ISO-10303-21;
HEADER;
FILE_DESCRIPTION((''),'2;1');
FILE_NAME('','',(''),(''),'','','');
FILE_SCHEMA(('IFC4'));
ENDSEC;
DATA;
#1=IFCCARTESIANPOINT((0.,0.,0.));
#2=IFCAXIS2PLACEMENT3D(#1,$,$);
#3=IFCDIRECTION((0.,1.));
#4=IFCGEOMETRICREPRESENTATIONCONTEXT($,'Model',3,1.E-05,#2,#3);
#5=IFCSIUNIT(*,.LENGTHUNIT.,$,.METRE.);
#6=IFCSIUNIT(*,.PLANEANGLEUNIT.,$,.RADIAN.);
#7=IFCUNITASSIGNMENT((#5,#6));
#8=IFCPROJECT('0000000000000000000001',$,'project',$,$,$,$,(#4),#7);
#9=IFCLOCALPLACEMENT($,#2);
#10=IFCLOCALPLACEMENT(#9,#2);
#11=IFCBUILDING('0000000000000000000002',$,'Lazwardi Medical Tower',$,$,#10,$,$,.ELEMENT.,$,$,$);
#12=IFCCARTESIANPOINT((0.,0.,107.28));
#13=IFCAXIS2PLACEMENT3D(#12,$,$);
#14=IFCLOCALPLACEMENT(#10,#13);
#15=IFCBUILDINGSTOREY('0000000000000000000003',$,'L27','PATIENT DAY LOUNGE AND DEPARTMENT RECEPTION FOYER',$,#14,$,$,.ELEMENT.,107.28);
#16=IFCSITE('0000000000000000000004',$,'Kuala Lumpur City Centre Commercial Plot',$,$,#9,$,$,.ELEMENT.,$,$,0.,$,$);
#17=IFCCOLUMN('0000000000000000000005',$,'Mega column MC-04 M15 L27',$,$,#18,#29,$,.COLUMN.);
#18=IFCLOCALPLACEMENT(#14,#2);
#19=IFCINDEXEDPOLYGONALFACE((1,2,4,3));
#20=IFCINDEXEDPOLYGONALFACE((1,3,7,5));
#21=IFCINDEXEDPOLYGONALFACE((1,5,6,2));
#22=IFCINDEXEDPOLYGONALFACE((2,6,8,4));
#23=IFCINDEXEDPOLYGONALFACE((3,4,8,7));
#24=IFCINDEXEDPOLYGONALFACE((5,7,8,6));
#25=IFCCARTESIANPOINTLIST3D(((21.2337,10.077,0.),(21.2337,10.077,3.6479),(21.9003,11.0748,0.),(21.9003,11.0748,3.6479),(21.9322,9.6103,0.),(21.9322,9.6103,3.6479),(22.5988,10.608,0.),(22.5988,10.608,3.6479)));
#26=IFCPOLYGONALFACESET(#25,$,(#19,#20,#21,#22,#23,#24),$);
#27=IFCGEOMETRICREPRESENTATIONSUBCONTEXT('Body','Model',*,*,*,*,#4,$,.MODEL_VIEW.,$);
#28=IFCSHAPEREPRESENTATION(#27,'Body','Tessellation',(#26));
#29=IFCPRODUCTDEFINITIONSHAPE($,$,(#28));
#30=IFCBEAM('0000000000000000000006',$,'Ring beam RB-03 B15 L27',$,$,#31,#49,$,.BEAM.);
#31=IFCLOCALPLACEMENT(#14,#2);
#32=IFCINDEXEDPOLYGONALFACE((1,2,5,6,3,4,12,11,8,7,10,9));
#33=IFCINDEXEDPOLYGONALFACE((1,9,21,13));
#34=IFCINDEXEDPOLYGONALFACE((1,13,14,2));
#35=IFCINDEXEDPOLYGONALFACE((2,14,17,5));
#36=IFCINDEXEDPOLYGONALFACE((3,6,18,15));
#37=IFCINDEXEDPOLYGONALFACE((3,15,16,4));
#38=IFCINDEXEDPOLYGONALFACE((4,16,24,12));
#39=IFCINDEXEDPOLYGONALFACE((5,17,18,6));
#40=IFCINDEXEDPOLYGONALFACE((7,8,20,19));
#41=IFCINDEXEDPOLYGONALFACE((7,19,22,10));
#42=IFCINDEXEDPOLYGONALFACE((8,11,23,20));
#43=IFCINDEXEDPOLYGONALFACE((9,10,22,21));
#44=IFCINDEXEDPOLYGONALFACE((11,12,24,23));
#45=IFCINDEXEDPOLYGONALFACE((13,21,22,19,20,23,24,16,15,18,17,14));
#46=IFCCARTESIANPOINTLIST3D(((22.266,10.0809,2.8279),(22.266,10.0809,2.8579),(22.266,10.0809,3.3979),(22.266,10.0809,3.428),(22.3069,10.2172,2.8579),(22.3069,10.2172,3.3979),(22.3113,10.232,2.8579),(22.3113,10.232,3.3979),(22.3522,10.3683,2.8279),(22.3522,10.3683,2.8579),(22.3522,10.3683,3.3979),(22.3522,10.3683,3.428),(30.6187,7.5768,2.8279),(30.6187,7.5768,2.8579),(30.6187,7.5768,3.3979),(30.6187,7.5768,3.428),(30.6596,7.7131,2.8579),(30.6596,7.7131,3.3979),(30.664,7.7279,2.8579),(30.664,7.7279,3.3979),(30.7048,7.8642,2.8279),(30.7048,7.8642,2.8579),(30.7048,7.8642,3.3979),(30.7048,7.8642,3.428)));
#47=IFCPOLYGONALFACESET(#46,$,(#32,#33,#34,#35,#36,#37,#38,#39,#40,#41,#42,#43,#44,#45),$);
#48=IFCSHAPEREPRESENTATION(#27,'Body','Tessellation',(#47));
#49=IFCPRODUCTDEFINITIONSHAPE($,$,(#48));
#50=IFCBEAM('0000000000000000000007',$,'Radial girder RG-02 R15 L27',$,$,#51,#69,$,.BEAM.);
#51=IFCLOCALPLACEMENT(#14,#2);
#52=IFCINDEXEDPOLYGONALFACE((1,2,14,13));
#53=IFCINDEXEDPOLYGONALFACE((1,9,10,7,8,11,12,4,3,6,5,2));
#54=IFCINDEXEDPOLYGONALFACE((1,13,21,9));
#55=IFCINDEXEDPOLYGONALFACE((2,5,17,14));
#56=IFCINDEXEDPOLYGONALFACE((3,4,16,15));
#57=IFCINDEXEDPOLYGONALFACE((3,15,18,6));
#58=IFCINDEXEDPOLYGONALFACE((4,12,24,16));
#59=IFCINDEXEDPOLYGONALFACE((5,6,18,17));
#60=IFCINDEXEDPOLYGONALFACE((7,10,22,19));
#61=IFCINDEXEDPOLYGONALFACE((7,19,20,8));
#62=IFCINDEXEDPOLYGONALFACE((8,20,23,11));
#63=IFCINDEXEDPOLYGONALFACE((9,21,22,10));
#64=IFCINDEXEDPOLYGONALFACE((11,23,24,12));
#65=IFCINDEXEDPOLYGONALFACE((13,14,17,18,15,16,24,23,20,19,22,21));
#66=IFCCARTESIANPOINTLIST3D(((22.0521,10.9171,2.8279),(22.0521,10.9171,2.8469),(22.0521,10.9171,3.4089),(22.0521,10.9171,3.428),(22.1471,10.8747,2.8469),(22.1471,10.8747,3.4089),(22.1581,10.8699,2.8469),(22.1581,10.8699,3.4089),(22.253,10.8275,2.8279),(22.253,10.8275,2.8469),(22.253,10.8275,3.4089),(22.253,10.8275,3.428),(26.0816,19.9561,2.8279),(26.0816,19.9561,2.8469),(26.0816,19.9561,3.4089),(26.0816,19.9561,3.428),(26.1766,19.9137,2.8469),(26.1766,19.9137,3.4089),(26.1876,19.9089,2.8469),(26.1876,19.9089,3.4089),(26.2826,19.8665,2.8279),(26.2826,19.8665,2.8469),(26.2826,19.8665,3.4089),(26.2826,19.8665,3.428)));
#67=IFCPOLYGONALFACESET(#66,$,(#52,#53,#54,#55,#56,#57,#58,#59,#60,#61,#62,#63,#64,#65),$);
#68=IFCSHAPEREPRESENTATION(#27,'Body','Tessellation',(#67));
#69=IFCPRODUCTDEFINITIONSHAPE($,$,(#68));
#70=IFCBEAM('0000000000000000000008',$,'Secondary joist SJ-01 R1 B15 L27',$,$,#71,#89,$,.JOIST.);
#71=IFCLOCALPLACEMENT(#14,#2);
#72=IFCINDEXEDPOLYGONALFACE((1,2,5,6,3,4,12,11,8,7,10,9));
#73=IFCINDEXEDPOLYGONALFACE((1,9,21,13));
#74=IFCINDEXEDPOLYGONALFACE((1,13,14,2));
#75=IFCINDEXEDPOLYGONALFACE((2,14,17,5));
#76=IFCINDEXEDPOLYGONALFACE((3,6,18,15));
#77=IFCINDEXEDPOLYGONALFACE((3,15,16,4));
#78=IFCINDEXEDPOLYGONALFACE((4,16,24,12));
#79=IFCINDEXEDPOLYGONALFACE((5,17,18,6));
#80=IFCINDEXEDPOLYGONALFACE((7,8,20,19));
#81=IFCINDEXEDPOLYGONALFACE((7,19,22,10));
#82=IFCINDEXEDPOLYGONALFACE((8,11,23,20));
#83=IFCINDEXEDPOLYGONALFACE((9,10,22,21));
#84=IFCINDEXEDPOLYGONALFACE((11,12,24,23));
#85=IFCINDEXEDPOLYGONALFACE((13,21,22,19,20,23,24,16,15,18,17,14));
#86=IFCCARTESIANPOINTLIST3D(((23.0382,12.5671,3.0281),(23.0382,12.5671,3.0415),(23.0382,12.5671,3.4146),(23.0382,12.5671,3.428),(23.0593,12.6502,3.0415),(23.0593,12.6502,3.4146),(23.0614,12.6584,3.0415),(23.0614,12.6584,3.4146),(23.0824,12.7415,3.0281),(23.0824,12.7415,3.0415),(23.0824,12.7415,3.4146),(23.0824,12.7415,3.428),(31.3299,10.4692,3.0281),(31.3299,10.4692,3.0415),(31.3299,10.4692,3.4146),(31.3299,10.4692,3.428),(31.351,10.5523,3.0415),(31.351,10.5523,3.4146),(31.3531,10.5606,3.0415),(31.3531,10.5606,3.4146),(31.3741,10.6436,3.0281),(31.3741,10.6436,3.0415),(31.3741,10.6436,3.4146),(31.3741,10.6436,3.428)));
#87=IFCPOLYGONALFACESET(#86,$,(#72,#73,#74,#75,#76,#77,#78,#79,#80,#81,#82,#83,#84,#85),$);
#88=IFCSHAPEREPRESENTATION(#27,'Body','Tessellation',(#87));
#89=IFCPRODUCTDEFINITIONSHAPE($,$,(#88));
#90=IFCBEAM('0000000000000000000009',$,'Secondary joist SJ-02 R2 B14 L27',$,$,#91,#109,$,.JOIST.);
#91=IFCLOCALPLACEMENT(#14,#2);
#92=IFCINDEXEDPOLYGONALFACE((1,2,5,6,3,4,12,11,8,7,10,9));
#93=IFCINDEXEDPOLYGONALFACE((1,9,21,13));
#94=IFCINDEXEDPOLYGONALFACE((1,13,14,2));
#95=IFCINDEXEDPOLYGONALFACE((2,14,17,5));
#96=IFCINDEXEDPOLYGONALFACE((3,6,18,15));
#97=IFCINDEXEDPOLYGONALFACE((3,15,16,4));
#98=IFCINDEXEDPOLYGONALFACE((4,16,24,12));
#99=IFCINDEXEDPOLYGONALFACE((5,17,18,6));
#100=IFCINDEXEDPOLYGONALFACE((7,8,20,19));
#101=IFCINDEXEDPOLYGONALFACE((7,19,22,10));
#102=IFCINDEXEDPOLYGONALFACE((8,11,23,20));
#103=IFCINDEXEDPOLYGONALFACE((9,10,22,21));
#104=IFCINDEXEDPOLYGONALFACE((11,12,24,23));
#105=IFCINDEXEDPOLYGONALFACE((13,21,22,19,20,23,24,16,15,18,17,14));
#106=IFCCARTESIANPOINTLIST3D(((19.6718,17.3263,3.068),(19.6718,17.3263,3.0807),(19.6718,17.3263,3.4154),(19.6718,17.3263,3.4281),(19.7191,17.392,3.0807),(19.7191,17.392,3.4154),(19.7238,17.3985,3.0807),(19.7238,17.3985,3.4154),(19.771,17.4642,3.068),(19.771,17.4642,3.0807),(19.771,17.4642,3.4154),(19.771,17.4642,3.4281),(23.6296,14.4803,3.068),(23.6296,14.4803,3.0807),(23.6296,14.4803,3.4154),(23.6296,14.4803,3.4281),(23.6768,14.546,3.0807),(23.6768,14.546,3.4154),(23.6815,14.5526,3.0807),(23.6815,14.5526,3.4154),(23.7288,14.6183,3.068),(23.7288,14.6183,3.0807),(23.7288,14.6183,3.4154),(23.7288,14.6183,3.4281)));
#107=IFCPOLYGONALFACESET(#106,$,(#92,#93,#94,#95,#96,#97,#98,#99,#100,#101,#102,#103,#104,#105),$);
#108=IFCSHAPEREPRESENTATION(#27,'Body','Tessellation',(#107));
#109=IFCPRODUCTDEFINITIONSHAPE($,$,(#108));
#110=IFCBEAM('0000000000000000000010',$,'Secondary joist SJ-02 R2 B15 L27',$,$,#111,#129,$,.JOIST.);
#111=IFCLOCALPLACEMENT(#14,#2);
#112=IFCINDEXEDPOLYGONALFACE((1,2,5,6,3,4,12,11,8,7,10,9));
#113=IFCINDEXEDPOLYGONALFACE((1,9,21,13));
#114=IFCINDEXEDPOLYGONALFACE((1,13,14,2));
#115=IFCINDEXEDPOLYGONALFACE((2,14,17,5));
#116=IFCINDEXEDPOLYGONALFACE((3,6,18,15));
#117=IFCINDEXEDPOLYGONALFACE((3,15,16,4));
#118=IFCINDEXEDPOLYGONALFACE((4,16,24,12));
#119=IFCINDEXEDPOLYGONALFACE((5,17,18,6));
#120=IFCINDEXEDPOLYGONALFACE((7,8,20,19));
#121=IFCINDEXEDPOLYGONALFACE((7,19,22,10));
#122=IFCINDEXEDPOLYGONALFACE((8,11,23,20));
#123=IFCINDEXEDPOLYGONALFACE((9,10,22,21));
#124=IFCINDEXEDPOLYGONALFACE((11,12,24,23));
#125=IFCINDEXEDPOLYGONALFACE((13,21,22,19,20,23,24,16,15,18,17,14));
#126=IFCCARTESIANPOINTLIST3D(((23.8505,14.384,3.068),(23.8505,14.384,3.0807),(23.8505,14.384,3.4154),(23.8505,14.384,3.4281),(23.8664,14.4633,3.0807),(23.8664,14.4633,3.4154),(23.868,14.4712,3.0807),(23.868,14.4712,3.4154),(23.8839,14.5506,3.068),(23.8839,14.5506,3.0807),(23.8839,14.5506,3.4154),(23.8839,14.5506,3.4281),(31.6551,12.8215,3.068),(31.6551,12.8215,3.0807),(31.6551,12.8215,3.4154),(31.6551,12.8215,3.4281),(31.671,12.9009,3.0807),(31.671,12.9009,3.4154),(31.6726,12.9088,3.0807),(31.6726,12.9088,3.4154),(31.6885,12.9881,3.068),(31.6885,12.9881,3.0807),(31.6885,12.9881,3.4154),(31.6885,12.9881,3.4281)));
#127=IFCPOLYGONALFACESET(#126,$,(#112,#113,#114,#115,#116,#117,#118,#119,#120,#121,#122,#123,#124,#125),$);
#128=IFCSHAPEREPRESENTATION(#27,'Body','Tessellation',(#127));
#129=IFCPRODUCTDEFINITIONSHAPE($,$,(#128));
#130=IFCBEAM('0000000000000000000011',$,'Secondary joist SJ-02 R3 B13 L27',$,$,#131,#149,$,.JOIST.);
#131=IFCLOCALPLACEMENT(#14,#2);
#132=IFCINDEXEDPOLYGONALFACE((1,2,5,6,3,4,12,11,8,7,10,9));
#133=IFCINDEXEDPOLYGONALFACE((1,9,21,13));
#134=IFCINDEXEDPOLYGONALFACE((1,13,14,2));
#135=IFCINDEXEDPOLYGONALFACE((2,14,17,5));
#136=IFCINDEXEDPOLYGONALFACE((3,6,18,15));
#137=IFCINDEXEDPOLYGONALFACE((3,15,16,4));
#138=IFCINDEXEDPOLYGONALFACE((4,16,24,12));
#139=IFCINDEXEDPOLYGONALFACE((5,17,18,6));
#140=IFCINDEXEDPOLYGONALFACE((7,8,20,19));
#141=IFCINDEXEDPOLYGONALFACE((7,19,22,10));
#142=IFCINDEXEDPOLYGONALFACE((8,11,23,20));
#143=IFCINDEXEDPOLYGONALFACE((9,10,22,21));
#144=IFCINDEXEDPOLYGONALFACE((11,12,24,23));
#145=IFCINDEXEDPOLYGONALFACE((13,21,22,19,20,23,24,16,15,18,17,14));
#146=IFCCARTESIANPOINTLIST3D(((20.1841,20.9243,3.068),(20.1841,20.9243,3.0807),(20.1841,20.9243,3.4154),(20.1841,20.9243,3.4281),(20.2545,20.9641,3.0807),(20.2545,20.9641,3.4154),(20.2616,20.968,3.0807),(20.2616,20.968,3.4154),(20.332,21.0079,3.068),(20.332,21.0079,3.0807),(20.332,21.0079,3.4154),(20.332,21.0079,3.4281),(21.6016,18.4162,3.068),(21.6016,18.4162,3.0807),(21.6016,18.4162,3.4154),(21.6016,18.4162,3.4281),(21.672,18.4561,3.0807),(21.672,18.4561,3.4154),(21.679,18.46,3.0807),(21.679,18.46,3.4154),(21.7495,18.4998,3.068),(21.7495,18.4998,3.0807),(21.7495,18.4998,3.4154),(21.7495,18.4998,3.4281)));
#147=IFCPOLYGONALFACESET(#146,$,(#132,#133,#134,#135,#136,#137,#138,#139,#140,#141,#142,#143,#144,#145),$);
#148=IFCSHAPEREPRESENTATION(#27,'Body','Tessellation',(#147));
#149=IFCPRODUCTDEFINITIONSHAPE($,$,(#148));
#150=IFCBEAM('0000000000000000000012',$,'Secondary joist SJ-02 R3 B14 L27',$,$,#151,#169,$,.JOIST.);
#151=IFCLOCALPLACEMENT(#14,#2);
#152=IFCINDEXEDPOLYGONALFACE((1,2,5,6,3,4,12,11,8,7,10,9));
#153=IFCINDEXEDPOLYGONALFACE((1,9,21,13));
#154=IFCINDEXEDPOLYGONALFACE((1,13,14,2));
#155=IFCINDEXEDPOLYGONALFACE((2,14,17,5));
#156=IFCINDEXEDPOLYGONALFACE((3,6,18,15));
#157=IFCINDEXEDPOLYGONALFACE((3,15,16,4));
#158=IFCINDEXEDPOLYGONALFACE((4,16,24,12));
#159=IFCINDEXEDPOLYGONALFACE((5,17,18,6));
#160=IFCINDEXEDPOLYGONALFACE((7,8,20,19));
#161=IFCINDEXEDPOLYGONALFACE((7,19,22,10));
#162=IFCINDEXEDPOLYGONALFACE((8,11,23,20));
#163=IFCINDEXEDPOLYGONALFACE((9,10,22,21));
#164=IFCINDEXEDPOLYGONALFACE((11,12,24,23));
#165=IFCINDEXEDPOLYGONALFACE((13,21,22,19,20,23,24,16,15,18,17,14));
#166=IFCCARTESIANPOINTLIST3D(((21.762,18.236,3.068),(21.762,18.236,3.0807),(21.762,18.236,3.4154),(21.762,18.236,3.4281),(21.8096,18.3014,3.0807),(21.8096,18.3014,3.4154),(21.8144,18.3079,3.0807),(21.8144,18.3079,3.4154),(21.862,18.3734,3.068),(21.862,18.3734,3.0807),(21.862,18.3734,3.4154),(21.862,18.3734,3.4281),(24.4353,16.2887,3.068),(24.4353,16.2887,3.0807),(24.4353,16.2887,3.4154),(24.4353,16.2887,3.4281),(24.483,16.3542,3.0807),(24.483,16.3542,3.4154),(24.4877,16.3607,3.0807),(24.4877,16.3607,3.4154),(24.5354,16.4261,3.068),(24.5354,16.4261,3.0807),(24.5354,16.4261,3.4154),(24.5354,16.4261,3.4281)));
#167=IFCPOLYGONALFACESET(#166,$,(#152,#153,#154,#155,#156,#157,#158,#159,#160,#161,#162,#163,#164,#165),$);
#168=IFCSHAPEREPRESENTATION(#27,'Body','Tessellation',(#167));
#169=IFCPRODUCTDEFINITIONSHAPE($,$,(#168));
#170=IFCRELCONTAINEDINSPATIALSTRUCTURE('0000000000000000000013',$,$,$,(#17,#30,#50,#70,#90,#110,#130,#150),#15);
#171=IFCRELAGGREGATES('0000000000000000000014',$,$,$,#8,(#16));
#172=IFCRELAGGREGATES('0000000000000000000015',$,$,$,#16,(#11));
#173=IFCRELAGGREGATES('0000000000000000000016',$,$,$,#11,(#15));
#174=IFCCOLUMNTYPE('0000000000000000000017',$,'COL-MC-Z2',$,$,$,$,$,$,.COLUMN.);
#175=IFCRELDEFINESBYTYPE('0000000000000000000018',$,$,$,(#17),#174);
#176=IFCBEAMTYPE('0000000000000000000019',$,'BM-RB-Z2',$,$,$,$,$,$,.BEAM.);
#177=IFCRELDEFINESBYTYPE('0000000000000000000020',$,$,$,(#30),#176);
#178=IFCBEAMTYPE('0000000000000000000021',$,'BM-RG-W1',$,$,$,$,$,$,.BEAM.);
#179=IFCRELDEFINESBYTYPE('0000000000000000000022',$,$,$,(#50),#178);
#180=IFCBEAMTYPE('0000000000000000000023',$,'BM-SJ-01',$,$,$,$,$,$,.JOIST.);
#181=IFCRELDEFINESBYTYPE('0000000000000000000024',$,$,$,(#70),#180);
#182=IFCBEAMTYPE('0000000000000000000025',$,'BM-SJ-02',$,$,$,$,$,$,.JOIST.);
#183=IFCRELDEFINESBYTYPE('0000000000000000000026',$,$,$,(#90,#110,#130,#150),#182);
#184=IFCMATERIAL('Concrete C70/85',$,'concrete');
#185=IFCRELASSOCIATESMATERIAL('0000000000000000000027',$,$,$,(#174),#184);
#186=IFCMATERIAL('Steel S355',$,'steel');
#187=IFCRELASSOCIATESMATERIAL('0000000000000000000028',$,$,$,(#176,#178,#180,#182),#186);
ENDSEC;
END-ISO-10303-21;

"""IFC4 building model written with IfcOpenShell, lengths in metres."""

from ifc_helpers import new_model, si_unit, direction, frame, origin, origin_2d, place, context, subcontext, project, spatial, rectangle, i_section, extrude, material, material_profile, profile_set, type_object, element, save


model = new_model("IFC4")

# Units and contexts
model_context = context("Model", 3, precision=1e-05, world=origin(), true_north=direction((0.0, 1.0)))
body_context = subcontext(model_context, "Body", "Model", "MODEL_VIEW")
ifc_project = project(units=[si_unit("LENGTHUNIT", "METRE"), si_unit("PLANEANGLEUNIT", "RADIAN")], contexts=[model_context])

# Site, building, storey
site_placement = place(None, origin())
site = spatial("IfcSite", under=ifc_project, at=site_placement, Name="Kuala Lumpur City Centre Commercial Plot", CompositionType="ELEMENT", RefElevation=0.0)
building_placement = place(site_placement, origin())
building = spatial("IfcBuilding", under=site, at=building_placement, Name="Lazwardi Medical Tower", CompositionType="ELEMENT")
storey_placement = place(building_placement, frame((0.0, 0.0, 107.28)))
storey = spatial("IfcBuildingStorey", under=building, at=storey_placement, Name="L27", Description="PATIENT DAY LOUNGE AND DEPARTMENT RECEPTION FOYER", CompositionType="ELEMENT", Elevation=107.28)

# Column
ifc_material_1 = material(Name="Concrete C70/85", Category="concrete")
ifc_material_profile_1 = material_profile(ifc_material_1, rectangle(XDim=1.2, YDim=0.8401, at=origin_2d()), Name="CFT-RECT 1200x840")
ifc_profile_set_1 = profile_set([ifc_material_profile_1], Name="Concrete C70/85")
column_type = type_object("IfcColumnType", Name="COL-MC-Z2", PredefinedType="COLUMN", material=ifc_profile_set_1)
column_placement = place(storey_placement, frame((21.9163, 10.3425, 0.0), z_axis=(0.0, 0.0, 1.0), x_axis=(-0.55557, -0.83147, 0.0)))
element("IfcColumn", 1, at=column_placement, inside=storey, type_object=column_type, Name="Mega column MC-04 M15 L27", PredefinedType="COLUMN", context=body_context, shape_type="SweptSolid", body=[
    extrude(rectangle(XDim=1.2, YDim=0.8401, at=origin_2d()), origin(), (0.0, 0.0, 1.0), 3.6479),
])

# Beams
ifc_material_2 = material(Name="Steel S355", Category="steel")
ifc_material_profile_2 = material_profile(ifc_material_2, i_section(OverallWidth=0.3, OverallDepth=0.6001, WebThickness=0.0154, FlangeThickness=0.03, at=origin_2d()), Name="HEB 600")
ifc_profile_set_2 = profile_set([ifc_material_profile_2], Name="Steel S355")
beam_type_1 = type_object("IfcBeamType", Name="BM-RB-Z2", PredefinedType="BEAM", material=ifc_profile_set_2)
beam_1_placement = place(storey_placement, frame((22.3091, 10.2246, 3.1279), z_axis=(0.957879, -0.287171, 0.0), x_axis=(0.287171, 0.957879, 0.0)))
element("IfcBeam", 2, at=beam_1_placement, inside=storey, type_object=beam_type_1, Name="Ring beam RB-03 B15 L27", PredefinedType="BEAM", context=body_context, shape_type="SweptSolid", body=[
    extrude(i_section(OverallWidth=0.3, OverallDepth=0.6001, WebThickness=0.0154, FlangeThickness=0.03, at=origin_2d()), origin(), (0.0, 0.0, 1.0), 8.72),
])
ifc_material_profile_3 = material_profile(ifc_material_2, i_section(OverallWidth=0.22, OverallDepth=0.6001, WebThickness=0.012, FlangeThickness=0.019, at=origin_2d()), Name="IPE 600")
ifc_profile_set_3 = profile_set([ifc_material_profile_3], Name="Steel S355")
beam_type_2 = type_object("IfcBeamType", Name="BM-RG-W1", PredefinedType="BEAM", material=ifc_profile_set_3)
beam_2_placement = place(storey_placement, frame((22.1526, 10.8723, 3.1279), z_axis=(0.407166, 0.913354, 0.0), x_axis=(-0.913354, 0.407166, 0.0)))
element("IfcBeam", 3, at=beam_2_placement, inside=storey, type_object=beam_type_2, Name="Radial girder RG-02 R15 L27", PredefinedType="BEAM", context=body_context, shape_type="SweptSolid", body=[
    extrude(i_section(OverallWidth=0.22, OverallDepth=0.6001, WebThickness=0.012, FlangeThickness=0.019, at=origin_2d()), origin(), (0.0, 0.0, 1.0), 9.8965),
])
ifc_material_profile_4 = material_profile(ifc_material_2, i_section(OverallWidth=0.1799, OverallDepth=0.3999, WebThickness=0.0085, FlangeThickness=0.0134, at=origin_2d()), Name="IPE 400")
ifc_profile_set_4 = profile_set([ifc_material_profile_4], Name="Steel S355")
beam_type_3 = type_object("IfcBeamType", Name="BM-SJ-01", PredefinedType="JOIST", material=ifc_profile_set_4)
beam_3_placement = place(storey_placement, frame((23.0603, 12.6543, 3.228), z_axis=(0.969452, -0.245282, 0.0), x_axis=(0.245282, 0.969452, 0.0)))
element("IfcBeam", 4, at=beam_3_placement, inside=storey, type_object=beam_type_3, Name="Secondary joist SJ-01 R1 B15 L27", PredefinedType="JOIST", context=body_context, shape_type="SweptSolid", body=[
    extrude(i_section(OverallWidth=0.1799, OverallDepth=0.3999, WebThickness=0.0085, FlangeThickness=0.0134, at=origin_2d()), origin(), (0.0, 0.0, 1.0), 8.553),
])
ifc_material_profile_5 = material_profile(ifc_material_2, i_section(OverallWidth=0.1699, OverallDepth=0.3601, WebThickness=0.0081, FlangeThickness=0.0127, at=origin_2d()), Name="IPE 360")
ifc_profile_set_5 = profile_set([ifc_material_profile_5], Name="Steel S355")
beam_type_4 = type_object("IfcBeamType", Name="BM-SJ-02", PredefinedType="JOIST", material=ifc_profile_set_5)
beam_4_placement = place(storey_placement, frame((19.7214, 17.3953, 3.248), z_axis=(0.811889, -0.583813, 0.0), x_axis=(0.583813, 0.811889, 0.0)))
element("IfcBeam", 5, at=beam_4_placement, inside=storey, type_object=beam_type_4, Name="Secondary joist SJ-02 R2 B14 L27", PredefinedType="JOIST", context=body_context, shape_type="SweptSolid", body=[
    extrude(i_section(OverallWidth=0.1699, OverallDepth=0.3601, WebThickness=0.0081, FlangeThickness=0.0127, at=origin_2d()), origin(), (0.0, 0.0, 1.0), 4.8748),
])
beam_5_placement = place(storey_placement, frame((23.8672, 14.4673, 3.248), z_axis=(0.980543, -0.196305, 0.0), x_axis=(0.196305, 0.980543, 0.0)))
element("IfcBeam", 6, at=beam_5_placement, inside=storey, type_object=beam_type_4, Name="Secondary joist SJ-02 R2 B15 L27", PredefinedType="JOIST", context=body_context, shape_type="SweptSolid", body=[
    extrude(i_section(OverallWidth=0.1699, OverallDepth=0.3601, WebThickness=0.0081, FlangeThickness=0.0127, at=origin_2d()), origin(), (0.0, 0.0, 1.0), 7.9595),
])
beam_6_placement = place(storey_placement, frame((20.2581, 20.9661, 3.248), z_axis=(0.492027, -0.87058, 0.0), x_axis=(0.87058, 0.492027, 0.0)))
element("IfcBeam", 7, at=beam_6_placement, inside=storey, type_object=beam_type_4, Name="Secondary joist SJ-02 R3 B13 L27", PredefinedType="JOIST", context=body_context, shape_type="SweptSolid", body=[
    extrude(i_section(OverallWidth=0.1699, OverallDepth=0.3601, WebThickness=0.0081, FlangeThickness=0.0127, at=origin_2d()), origin(), (0.0, 0.0, 1.0), 2.8809),
])
beam_7_placement = place(storey_placement, frame((21.812, 18.3047, 3.248), z_axis=(0.808302, -0.588768, 0.0), x_axis=(0.588768, 0.808302, 0.0)))
element("IfcBeam", 8, at=beam_7_placement, inside=storey, type_object=beam_type_4, Name="Secondary joist SJ-02 R3 B14 L27", PredefinedType="JOIST", context=body_context, shape_type="SweptSolid", body=[
    extrude(i_section(OverallWidth=0.1699, OverallDepth=0.3601, WebThickness=0.0081, FlangeThickness=0.0127, at=origin_2d()), origin(), (0.0, 0.0, 1.0), 3.3074),
])

save(model, "model.ifc")
